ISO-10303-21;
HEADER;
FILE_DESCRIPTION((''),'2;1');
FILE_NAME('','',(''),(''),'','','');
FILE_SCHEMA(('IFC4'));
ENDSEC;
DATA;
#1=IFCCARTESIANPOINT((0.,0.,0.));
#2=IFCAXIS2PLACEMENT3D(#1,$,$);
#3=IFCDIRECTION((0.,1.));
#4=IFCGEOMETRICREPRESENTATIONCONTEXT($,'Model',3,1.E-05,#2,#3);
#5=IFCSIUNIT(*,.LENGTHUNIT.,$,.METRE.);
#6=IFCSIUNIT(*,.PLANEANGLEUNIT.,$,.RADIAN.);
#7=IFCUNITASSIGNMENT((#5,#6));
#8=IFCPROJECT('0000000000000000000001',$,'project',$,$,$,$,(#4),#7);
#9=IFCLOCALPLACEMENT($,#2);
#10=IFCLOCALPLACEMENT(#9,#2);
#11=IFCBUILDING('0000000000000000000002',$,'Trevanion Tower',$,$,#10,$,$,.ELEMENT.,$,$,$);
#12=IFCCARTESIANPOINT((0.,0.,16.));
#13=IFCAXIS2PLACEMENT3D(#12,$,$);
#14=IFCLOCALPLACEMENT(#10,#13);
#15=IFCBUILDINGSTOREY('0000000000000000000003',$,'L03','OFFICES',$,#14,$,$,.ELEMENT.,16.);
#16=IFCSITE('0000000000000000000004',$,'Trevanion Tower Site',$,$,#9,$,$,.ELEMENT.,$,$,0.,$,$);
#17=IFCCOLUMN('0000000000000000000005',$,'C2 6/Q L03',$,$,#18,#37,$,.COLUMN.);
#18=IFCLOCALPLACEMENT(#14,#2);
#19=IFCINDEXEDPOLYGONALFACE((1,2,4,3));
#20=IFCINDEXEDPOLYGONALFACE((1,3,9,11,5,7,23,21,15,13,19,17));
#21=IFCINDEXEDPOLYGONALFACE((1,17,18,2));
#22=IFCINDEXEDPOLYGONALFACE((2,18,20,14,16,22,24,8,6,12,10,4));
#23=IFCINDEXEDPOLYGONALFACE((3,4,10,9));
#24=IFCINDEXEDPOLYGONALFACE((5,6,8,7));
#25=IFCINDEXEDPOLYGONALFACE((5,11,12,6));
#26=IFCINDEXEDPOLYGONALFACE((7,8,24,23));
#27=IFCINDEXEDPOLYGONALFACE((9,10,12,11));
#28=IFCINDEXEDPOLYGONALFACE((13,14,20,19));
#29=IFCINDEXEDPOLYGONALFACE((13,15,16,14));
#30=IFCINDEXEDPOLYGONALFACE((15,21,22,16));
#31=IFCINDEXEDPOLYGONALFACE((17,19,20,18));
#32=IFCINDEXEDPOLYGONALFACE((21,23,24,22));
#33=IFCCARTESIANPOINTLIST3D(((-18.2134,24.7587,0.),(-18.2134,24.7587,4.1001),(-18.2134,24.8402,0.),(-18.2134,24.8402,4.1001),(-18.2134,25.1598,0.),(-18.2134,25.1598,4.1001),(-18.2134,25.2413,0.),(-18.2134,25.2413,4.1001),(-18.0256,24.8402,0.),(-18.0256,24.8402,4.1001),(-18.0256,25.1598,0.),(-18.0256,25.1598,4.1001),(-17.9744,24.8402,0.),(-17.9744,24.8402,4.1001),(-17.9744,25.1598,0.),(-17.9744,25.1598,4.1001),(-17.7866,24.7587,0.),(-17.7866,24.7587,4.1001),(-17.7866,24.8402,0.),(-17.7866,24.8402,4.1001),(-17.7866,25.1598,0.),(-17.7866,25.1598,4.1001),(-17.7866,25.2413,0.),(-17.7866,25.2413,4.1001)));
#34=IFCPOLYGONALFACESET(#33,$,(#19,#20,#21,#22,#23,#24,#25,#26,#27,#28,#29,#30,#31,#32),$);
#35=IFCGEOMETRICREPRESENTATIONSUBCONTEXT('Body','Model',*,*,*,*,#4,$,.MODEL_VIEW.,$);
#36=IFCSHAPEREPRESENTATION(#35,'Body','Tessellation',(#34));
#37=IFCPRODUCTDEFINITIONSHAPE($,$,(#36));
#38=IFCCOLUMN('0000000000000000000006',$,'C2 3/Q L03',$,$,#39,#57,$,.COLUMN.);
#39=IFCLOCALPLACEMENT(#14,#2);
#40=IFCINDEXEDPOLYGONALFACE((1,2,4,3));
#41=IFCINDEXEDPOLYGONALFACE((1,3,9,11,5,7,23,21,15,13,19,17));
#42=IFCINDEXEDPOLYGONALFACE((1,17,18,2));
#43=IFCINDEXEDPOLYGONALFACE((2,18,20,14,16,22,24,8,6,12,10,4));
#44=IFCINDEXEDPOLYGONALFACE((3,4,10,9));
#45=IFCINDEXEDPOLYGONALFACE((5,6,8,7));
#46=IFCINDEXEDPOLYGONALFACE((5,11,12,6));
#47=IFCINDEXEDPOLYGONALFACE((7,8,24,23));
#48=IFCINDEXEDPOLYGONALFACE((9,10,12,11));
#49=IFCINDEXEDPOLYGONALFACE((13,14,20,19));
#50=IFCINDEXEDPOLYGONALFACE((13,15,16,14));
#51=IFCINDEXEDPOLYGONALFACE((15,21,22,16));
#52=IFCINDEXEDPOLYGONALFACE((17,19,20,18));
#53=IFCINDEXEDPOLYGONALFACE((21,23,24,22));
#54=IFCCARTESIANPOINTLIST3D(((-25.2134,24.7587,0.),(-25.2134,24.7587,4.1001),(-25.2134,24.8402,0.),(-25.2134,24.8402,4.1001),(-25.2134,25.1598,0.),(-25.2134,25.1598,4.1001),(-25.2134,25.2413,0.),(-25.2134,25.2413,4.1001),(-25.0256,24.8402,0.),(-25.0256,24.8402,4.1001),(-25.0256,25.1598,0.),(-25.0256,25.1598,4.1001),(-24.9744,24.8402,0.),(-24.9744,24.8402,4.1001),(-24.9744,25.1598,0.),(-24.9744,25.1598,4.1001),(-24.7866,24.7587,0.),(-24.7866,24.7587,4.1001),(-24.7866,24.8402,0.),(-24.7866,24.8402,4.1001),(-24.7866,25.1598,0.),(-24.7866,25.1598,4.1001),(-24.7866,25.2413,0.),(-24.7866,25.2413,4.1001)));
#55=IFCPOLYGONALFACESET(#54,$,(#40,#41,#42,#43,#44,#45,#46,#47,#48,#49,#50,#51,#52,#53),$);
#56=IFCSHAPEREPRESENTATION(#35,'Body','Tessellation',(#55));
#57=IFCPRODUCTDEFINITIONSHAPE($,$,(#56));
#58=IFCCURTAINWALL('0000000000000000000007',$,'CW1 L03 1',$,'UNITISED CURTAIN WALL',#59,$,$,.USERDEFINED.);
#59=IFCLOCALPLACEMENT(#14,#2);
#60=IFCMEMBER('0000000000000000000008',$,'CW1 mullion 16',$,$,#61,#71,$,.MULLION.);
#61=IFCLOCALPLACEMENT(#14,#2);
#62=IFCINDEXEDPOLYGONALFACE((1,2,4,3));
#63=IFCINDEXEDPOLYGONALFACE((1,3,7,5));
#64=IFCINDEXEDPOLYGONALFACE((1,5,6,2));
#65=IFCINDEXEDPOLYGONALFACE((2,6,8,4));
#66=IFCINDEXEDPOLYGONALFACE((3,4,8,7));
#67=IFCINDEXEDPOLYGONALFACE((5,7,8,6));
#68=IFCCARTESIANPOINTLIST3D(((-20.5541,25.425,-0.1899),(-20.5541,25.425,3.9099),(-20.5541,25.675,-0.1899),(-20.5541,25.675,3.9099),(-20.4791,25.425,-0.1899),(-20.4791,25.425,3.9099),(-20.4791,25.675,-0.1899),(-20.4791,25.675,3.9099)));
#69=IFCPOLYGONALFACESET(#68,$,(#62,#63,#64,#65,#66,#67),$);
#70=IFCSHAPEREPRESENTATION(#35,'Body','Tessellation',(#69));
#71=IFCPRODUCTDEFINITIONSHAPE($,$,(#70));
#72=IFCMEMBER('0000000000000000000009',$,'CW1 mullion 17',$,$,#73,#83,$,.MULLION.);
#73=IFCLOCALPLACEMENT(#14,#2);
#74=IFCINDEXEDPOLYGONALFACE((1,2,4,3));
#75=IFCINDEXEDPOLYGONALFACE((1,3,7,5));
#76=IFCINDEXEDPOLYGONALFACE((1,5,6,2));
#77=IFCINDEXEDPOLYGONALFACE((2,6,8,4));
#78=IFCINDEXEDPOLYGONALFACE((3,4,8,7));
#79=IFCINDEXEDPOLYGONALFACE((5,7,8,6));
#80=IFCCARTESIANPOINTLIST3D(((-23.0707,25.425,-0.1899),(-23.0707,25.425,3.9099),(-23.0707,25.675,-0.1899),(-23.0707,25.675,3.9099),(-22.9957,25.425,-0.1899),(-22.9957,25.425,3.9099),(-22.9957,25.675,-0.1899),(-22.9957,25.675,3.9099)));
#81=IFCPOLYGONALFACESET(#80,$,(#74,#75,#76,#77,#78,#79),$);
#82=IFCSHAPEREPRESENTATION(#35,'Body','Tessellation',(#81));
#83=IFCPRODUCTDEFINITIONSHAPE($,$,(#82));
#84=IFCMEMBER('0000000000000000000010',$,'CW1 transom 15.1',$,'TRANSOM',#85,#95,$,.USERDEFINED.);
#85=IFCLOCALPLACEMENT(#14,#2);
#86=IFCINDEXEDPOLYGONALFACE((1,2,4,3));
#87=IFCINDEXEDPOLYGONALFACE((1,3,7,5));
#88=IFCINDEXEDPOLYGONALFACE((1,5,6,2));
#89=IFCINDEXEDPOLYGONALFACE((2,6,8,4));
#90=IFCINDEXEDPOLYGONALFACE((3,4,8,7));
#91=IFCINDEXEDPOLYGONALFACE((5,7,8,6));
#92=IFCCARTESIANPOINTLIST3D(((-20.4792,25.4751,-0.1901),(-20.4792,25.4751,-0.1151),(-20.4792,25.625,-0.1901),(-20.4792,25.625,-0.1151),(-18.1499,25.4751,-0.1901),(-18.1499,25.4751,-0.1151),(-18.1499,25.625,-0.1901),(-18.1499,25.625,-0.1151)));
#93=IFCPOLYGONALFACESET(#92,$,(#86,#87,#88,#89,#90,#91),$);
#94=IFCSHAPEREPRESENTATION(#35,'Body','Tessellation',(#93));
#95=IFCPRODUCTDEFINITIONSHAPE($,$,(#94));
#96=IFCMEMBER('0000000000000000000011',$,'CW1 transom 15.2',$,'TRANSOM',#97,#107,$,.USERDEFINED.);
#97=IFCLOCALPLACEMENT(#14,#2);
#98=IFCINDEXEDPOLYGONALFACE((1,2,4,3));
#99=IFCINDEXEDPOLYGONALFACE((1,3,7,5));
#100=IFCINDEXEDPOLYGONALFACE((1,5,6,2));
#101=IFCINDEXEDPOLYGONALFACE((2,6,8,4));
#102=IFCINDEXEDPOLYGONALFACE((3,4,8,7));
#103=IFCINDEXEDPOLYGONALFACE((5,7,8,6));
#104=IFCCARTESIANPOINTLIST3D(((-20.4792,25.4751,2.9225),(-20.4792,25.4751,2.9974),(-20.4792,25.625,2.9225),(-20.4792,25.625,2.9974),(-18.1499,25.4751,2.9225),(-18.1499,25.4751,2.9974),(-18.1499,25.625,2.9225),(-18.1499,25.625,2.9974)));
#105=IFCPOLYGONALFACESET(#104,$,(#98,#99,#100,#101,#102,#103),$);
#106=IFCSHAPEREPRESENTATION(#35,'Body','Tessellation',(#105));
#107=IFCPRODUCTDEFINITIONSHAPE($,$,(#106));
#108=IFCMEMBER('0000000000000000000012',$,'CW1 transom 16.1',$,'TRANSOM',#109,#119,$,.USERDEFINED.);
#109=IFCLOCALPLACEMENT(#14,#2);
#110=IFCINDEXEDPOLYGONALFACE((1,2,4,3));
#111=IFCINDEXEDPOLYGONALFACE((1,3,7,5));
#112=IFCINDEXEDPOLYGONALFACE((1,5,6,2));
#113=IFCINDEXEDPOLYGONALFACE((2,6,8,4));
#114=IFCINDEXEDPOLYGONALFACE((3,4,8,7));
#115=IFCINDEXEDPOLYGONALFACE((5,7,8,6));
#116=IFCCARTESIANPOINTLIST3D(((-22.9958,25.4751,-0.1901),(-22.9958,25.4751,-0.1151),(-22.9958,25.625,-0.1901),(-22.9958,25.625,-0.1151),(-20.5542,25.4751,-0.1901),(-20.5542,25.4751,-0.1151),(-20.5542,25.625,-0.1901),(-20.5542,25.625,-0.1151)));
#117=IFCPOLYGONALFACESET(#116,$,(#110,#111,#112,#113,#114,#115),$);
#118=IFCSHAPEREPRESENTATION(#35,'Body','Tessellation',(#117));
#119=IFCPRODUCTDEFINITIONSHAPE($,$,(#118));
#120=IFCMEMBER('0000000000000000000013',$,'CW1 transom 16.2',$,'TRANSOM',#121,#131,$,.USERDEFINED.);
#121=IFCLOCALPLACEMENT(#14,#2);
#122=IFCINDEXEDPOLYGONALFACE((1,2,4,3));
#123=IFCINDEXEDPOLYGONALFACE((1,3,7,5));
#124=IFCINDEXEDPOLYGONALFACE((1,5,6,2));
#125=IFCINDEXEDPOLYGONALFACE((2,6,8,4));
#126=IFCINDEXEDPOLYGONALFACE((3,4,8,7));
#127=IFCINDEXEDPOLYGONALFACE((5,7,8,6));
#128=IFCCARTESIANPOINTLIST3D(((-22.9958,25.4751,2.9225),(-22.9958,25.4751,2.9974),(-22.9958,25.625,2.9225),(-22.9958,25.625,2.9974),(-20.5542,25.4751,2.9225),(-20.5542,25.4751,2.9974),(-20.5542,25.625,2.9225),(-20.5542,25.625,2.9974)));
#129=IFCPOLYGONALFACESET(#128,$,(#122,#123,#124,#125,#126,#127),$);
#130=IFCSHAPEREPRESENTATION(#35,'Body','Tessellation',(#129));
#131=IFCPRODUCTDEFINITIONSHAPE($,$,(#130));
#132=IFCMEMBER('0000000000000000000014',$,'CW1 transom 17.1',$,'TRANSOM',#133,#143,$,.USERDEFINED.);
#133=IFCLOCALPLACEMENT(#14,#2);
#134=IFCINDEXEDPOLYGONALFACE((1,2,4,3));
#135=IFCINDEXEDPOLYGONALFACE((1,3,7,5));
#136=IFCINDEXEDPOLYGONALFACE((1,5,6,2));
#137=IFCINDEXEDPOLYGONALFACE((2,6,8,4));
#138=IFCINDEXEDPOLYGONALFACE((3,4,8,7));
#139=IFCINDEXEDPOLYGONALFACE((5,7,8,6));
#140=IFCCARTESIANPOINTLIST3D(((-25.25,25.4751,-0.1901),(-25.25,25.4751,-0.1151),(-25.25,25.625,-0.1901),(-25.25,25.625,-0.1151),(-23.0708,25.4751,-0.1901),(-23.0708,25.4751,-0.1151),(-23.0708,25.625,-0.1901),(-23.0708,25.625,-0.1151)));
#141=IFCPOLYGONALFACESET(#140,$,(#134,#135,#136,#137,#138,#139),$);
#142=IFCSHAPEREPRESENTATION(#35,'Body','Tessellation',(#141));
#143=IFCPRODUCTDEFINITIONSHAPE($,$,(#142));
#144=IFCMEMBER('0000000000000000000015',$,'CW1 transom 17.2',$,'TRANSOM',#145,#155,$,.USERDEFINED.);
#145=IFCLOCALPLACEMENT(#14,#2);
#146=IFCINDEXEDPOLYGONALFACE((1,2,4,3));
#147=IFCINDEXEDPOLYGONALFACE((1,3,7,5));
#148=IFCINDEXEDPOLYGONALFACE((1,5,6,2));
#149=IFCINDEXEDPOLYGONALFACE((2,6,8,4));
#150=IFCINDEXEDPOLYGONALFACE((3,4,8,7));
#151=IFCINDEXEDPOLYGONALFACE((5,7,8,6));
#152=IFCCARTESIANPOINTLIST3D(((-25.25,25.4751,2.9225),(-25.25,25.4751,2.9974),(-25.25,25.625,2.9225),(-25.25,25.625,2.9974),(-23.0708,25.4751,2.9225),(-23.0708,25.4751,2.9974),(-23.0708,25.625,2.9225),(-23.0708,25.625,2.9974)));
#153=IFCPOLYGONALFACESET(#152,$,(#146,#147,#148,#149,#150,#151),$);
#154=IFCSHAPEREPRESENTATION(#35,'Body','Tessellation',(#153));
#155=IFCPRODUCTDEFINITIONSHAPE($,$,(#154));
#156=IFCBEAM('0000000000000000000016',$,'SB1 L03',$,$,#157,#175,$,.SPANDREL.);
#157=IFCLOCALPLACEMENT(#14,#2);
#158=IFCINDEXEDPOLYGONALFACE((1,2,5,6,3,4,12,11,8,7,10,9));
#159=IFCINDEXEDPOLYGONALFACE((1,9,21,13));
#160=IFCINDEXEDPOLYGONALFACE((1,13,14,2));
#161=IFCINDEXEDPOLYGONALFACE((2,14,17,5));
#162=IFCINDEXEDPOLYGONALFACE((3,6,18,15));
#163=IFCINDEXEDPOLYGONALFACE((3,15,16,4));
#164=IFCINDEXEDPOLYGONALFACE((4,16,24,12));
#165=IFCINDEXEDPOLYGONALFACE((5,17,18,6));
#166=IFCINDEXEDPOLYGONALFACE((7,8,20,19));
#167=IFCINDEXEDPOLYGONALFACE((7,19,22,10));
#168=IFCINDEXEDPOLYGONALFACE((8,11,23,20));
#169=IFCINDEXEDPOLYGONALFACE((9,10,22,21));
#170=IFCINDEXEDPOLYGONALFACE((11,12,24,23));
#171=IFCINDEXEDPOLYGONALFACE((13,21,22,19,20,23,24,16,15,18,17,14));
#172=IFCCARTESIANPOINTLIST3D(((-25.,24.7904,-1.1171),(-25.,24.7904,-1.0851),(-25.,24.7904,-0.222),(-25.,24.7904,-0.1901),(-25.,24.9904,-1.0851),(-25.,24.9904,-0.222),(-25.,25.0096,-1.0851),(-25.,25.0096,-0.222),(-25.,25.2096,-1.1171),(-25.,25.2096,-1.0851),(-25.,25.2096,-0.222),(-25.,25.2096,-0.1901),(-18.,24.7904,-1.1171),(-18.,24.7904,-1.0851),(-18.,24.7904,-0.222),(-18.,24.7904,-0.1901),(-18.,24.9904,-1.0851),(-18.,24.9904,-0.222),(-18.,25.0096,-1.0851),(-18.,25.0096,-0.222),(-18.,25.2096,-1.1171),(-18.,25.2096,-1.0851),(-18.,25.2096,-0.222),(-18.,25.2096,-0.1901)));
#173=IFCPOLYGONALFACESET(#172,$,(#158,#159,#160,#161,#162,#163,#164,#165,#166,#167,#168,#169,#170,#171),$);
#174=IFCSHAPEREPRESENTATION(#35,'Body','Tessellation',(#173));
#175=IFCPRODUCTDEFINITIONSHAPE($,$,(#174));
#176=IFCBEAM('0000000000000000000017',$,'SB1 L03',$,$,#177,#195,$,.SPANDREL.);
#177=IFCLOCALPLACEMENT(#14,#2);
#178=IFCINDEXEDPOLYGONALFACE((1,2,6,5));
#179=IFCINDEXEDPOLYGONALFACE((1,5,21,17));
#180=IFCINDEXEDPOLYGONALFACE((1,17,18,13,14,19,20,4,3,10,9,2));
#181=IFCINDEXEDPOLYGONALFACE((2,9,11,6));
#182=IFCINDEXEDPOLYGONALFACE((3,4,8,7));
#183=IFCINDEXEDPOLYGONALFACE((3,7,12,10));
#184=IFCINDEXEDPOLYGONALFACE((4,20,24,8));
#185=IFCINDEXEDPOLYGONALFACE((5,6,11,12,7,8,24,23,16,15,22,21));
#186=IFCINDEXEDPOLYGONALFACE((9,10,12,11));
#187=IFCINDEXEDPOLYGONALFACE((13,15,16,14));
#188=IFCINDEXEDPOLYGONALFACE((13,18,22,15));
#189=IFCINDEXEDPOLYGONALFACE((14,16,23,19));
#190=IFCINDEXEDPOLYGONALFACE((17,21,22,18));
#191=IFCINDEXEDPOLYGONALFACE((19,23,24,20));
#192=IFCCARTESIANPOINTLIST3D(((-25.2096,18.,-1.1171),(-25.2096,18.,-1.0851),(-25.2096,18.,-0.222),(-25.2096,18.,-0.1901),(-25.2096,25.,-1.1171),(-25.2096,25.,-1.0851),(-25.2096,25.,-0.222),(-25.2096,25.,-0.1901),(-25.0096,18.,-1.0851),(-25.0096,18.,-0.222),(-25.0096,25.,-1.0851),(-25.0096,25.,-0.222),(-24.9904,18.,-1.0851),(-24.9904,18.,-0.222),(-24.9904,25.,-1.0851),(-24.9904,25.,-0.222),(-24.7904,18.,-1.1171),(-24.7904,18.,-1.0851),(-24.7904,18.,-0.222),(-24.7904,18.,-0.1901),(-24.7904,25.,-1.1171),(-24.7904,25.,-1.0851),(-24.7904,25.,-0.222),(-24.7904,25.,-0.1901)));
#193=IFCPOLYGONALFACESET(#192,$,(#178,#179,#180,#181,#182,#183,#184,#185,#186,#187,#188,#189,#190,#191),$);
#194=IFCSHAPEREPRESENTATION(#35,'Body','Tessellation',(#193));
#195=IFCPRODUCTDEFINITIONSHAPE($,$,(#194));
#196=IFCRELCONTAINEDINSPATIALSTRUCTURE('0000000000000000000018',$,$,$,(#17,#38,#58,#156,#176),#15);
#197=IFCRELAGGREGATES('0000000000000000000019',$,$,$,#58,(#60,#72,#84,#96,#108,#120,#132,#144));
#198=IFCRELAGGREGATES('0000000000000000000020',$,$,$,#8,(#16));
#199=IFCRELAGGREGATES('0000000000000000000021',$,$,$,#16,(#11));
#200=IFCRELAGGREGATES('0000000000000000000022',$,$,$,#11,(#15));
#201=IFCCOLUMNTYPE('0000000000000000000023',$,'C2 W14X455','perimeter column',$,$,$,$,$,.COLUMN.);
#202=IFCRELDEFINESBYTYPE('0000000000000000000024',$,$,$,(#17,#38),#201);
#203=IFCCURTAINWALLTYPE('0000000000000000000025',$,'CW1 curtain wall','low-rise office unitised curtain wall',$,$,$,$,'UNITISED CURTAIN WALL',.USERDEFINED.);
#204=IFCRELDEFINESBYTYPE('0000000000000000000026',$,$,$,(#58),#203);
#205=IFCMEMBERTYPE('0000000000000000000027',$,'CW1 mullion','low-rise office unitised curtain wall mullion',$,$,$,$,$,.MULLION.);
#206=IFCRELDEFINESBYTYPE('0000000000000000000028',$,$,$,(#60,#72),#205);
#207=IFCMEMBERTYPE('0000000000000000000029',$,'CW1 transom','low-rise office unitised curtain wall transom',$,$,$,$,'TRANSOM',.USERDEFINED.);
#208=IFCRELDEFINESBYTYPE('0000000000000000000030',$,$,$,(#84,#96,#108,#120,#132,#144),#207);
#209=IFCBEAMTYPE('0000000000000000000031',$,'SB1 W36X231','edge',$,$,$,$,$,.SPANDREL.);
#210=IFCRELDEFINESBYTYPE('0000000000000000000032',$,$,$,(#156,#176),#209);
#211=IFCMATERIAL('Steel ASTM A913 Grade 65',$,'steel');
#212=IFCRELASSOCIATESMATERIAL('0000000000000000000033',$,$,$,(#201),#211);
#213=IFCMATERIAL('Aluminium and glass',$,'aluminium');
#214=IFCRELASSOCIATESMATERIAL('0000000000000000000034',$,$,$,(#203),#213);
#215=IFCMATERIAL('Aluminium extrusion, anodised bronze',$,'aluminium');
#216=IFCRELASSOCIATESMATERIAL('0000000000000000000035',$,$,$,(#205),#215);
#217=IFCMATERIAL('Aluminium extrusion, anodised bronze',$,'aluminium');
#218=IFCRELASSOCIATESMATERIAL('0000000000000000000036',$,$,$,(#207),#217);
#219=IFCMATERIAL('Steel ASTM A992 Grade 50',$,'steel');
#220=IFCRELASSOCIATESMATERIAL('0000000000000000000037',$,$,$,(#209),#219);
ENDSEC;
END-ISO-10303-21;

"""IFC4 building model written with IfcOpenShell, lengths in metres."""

from ifc_helpers import new_model, si_unit, direction, frame, origin, origin_2d, place, context, subcontext, project, spatial, rectangle, i_section, extrude, material, material_profile, profile_set, type_object, element, aggregate, save


model = new_model("IFC4")

# Units and contexts
model_context = context("Model", 3, precision=1e-05, world=origin(), true_north=direction((0.0, 1.0)))
body_context = subcontext(model_context, "Body", "Model", "MODEL_VIEW")
ifc_project = project(units=[si_unit("LENGTHUNIT", "METRE"), si_unit("PLANEANGLEUNIT", "RADIAN")], contexts=[model_context])

# Site, building, storey
site_placement = place(None, origin())
site = spatial("IfcSite", under=ifc_project, at=site_placement, Name="Trevanion Tower Site", CompositionType="ELEMENT", RefElevation=0.0)
building_placement = place(site_placement, origin())
building = spatial("IfcBuilding", under=site, at=building_placement, Name="Trevanion Tower", CompositionType="ELEMENT")
storey_placement = place(building_placement, frame((0.0, 0.0, 16.0)))
storey = spatial("IfcBuildingStorey", under=building, at=storey_placement, Name="L03", Description="OFFICES", CompositionType="ELEMENT", Elevation=16.0)

# Columns
ifc_material_1 = material(Name="Steel ASTM A913 Grade 65", Category="steel")
ifc_material_profile_1 = material_profile(ifc_material_1, i_section(OverallWidth=0.4268, OverallDepth=0.4827, WebThickness=0.0513, FlangeThickness=0.0815, at=origin_2d()), Name="W14X455")
ifc_profile_set_1 = profile_set([ifc_material_profile_1], Name="Steel ASTM A913 Grade 65")
column_type = type_object("IfcColumnType", Name="C2 W14X455", Description="perimeter column", PredefinedType="COLUMN", material=ifc_profile_set_1)
for number, where, z_axis, x_axis, name in (
    (1, (-18.0, 25.0, 0.0), (0.0, 0.0, 1.0), (1.0, 0.0, 0.0), "C2 6/Q L03"),
    (2, (-25.0, 25.0, 0.0), (0.0, 0.0, 1.0), (1.0, 0.0, 0.0), "C2 3/Q L03"),
):
    element("IfcColumn", number, at=place(storey_placement, frame(where, z_axis=z_axis, x_axis=x_axis)), inside=storey, type_object=column_type, Name=name, PredefinedType="COLUMN", context=body_context, shape_type="SweptSolid", body=[
        extrude(i_section(OverallWidth=0.4268, OverallDepth=0.4827, WebThickness=0.0513, FlangeThickness=0.0815, at=origin_2d()), origin(), (0.0, 0.0, 1.0), 4.1001),
    ])

# Curtain wall, members
ifc_material_2 = material(Name="Aluminium and glass", Category="aluminium")
curtain_wall_type = type_object("IfcCurtainWallType", Name="CW1 curtain wall", Description="low-rise office unitised curtain wall", ElementType="UNITISED CURTAIN WALL", PredefinedType="USERDEFINED", material=ifc_material_2)
curtain_wall_placement = place(storey_placement, origin())
curtain_wall = element("IfcCurtainWall", 3, at=curtain_wall_placement, inside=storey, type_object=curtain_wall_type, Name="CW1 L03 1", ObjectType="UNITISED CURTAIN WALL", PredefinedType="USERDEFINED")
ifc_material_3 = material(Name="Aluminium extrusion, anodised bronze", Category="aluminium")
ifc_material_profile_2 = material_profile(ifc_material_3, rectangle(XDim=0.075, YDim=0.25, at=origin_2d()), Name="CW1 mullion")
ifc_profile_set_2 = profile_set([ifc_material_profile_2], Name="Aluminium extrusion, anodised bronze")
member_type_1 = type_object("IfcMemberType", Name="CW1 mullion", Description="low-rise office unitised curtain wall mullion", PredefinedType="MULLION", material=ifc_profile_set_2)
member_1_placement = place(storey_placement, frame((-20.5166, 25.55, -0.1899), z_axis=(0.0, 0.0, 1.0), x_axis=(-1.0, 0.0, 0.0)))
member_1 = element("IfcMember", 4, at=member_1_placement, type_object=member_type_1, Name="CW1 mullion 16", PredefinedType="MULLION", context=body_context, shape_type="SweptSolid", body=[
    extrude(rectangle(XDim=0.075, YDim=0.25, at=origin_2d()), origin(), (0.0, 0.0, 1.0), 4.0999),
])
member_2_placement = place(storey_placement, frame((-23.0332, 25.55, -0.1899), z_axis=(0.0, 0.0, 1.0), x_axis=(-1.0, 0.0, 0.0)))
member_2 = element("IfcMember", 5, at=member_2_placement, type_object=member_type_1, Name="CW1 mullion 17", PredefinedType="MULLION", context=body_context, shape_type="SweptSolid", body=[
    extrude(rectangle(XDim=0.075, YDim=0.25, at=origin_2d()), origin(), (0.0, 0.0, 1.0), 4.0999),
])
ifc_material_4 = material(Name="Aluminium extrusion, anodised bronze", Category="aluminium")
ifc_material_profile_3 = material_profile(ifc_material_4, rectangle(XDim=0.1499, YDim=0.075, at=origin_2d()), Name="CW1 transom")
ifc_profile_set_3 = profile_set([ifc_material_profile_3], Name="Aluminium extrusion, anodised bronze")
member_type_2 = type_object("IfcMemberType", Name="CW1 transom", Description="low-rise office unitised curtain wall transom", ElementType="TRANSOM", PredefinedType="USERDEFINED", material=ifc_profile_set_3)
member_3_placement = place(storey_placement, frame((-18.1499, 25.55, -0.1526), z_axis=(-1.0, 0.0, 0.0), x_axis=(0.0, -1.0, 0.0)))
member_3 = element("IfcMember", 6, at=member_3_placement, type_object=member_type_2, Name="CW1 transom 15.1", ObjectType="TRANSOM", PredefinedType="USERDEFINED", context=body_context, shape_type="SweptSolid", body=[
    extrude(rectangle(XDim=0.1499, YDim=0.075, at=origin_2d()), origin(), (0.0, 0.0, 1.0), 2.3293),
])
member_4_placement = place(storey_placement, frame((-18.1499, 25.55, 2.96), z_axis=(-1.0, 0.0, 0.0), x_axis=(0.0, -1.0, 0.0)))
member_4 = element("IfcMember", 7, at=member_4_placement, type_object=member_type_2, Name="CW1 transom 15.2", ObjectType="TRANSOM", PredefinedType="USERDEFINED", context=body_context, shape_type="SweptSolid", body=[
    extrude(rectangle(XDim=0.1499, YDim=0.075, at=origin_2d()), origin(), (0.0, 0.0, 1.0), 2.3293),
])
member_5_placement = place(storey_placement, frame((-20.5542, 25.55, -0.1526), z_axis=(-1.0, 0.0, 0.0), x_axis=(0.0, -1.0, 0.0)))
member_5 = element("IfcMember", 8, at=member_5_placement, type_object=member_type_2, Name="CW1 transom 16.1", ObjectType="TRANSOM", PredefinedType="USERDEFINED", context=body_context, shape_type="SweptSolid", body=[
    extrude(rectangle(XDim=0.1499, YDim=0.075, at=origin_2d()), origin(), (0.0, 0.0, 1.0), 2.4417),
])
member_6_placement = place(storey_placement, frame((-20.5542, 25.55, 2.96), z_axis=(-1.0, 0.0, 0.0), x_axis=(0.0, -1.0, 0.0)))
member_6 = element("IfcMember", 9, at=member_6_placement, type_object=member_type_2, Name="CW1 transom 16.2", ObjectType="TRANSOM", PredefinedType="USERDEFINED", context=body_context, shape_type="SweptSolid", body=[
    extrude(rectangle(XDim=0.1499, YDim=0.075, at=origin_2d()), origin(), (0.0, 0.0, 1.0), 2.4417),
])
member_7_placement = place(storey_placement, frame((-23.0708, 25.55, -0.1526), z_axis=(-1.0, 0.0, 0.0), x_axis=(0.0, -1.0, 0.0)))
member_7 = element("IfcMember", 10, at=member_7_placement, type_object=member_type_2, Name="CW1 transom 17.1", ObjectType="TRANSOM", PredefinedType="USERDEFINED", context=body_context, shape_type="SweptSolid", body=[
    extrude(rectangle(XDim=0.1499, YDim=0.075, at=origin_2d()), origin(), (0.0, 0.0, 1.0), 2.1792),
])
member_8_placement = place(storey_placement, frame((-23.0708, 25.55, 2.96), z_axis=(-1.0, 0.0, 0.0), x_axis=(0.0, -1.0, 0.0)))
member_8 = element("IfcMember", 11, at=member_8_placement, type_object=member_type_2, Name="CW1 transom 17.2", ObjectType="TRANSOM", PredefinedType="USERDEFINED", context=body_context, shape_type="SweptSolid", body=[
    extrude(rectangle(XDim=0.1499, YDim=0.075, at=origin_2d()), origin(), (0.0, 0.0, 1.0), 2.1792),
])

# Beams
ifc_material_5 = material(Name="Steel ASTM A992 Grade 50", Category="steel")
ifc_material_profile_4 = material_profile(ifc_material_5, i_section(OverallWidth=0.4192, OverallDepth=0.927, WebThickness=0.0193, FlangeThickness=0.032, at=origin_2d()), Name="W36X231")
ifc_profile_set_4 = profile_set([ifc_material_profile_4], Name="Steel ASTM A992 Grade 50")
beam_type_1 = type_object("IfcBeamType", Name="SB1 W36X231", Description="edge", PredefinedType="SPANDREL", material=ifc_profile_set_4)
for number, where, z_axis, x_axis, name in (
    (12, (-18.0, 25.0, -0.6536), (-1.0, 0.0, 0.0), (0.0, -1.0, 0.0), "SB1 L03"),
    (13, (-25.0, 25.0, -0.6536), (0.0, -1.0, 0.0), (1.0, 0.0, 0.0), "SB1 L03"),
):
    element("IfcBeam", number, at=place(storey_placement, frame(where, z_axis=z_axis, x_axis=x_axis)), inside=storey, type_object=beam_type_1, Name=name, PredefinedType="SPANDREL", context=body_context, shape_type="SweptSolid", body=[
        extrude(i_section(OverallWidth=0.4192, OverallDepth=0.927, WebThickness=0.0193, FlangeThickness=0.032, at=origin_2d()), origin(), (0.0, 0.0, 1.0), 7.0),
    ])

aggregate(curtain_wall, [member_1, member_2, member_3, member_4, member_5, member_6, member_7, member_8])

save(model, "model.ifc")
